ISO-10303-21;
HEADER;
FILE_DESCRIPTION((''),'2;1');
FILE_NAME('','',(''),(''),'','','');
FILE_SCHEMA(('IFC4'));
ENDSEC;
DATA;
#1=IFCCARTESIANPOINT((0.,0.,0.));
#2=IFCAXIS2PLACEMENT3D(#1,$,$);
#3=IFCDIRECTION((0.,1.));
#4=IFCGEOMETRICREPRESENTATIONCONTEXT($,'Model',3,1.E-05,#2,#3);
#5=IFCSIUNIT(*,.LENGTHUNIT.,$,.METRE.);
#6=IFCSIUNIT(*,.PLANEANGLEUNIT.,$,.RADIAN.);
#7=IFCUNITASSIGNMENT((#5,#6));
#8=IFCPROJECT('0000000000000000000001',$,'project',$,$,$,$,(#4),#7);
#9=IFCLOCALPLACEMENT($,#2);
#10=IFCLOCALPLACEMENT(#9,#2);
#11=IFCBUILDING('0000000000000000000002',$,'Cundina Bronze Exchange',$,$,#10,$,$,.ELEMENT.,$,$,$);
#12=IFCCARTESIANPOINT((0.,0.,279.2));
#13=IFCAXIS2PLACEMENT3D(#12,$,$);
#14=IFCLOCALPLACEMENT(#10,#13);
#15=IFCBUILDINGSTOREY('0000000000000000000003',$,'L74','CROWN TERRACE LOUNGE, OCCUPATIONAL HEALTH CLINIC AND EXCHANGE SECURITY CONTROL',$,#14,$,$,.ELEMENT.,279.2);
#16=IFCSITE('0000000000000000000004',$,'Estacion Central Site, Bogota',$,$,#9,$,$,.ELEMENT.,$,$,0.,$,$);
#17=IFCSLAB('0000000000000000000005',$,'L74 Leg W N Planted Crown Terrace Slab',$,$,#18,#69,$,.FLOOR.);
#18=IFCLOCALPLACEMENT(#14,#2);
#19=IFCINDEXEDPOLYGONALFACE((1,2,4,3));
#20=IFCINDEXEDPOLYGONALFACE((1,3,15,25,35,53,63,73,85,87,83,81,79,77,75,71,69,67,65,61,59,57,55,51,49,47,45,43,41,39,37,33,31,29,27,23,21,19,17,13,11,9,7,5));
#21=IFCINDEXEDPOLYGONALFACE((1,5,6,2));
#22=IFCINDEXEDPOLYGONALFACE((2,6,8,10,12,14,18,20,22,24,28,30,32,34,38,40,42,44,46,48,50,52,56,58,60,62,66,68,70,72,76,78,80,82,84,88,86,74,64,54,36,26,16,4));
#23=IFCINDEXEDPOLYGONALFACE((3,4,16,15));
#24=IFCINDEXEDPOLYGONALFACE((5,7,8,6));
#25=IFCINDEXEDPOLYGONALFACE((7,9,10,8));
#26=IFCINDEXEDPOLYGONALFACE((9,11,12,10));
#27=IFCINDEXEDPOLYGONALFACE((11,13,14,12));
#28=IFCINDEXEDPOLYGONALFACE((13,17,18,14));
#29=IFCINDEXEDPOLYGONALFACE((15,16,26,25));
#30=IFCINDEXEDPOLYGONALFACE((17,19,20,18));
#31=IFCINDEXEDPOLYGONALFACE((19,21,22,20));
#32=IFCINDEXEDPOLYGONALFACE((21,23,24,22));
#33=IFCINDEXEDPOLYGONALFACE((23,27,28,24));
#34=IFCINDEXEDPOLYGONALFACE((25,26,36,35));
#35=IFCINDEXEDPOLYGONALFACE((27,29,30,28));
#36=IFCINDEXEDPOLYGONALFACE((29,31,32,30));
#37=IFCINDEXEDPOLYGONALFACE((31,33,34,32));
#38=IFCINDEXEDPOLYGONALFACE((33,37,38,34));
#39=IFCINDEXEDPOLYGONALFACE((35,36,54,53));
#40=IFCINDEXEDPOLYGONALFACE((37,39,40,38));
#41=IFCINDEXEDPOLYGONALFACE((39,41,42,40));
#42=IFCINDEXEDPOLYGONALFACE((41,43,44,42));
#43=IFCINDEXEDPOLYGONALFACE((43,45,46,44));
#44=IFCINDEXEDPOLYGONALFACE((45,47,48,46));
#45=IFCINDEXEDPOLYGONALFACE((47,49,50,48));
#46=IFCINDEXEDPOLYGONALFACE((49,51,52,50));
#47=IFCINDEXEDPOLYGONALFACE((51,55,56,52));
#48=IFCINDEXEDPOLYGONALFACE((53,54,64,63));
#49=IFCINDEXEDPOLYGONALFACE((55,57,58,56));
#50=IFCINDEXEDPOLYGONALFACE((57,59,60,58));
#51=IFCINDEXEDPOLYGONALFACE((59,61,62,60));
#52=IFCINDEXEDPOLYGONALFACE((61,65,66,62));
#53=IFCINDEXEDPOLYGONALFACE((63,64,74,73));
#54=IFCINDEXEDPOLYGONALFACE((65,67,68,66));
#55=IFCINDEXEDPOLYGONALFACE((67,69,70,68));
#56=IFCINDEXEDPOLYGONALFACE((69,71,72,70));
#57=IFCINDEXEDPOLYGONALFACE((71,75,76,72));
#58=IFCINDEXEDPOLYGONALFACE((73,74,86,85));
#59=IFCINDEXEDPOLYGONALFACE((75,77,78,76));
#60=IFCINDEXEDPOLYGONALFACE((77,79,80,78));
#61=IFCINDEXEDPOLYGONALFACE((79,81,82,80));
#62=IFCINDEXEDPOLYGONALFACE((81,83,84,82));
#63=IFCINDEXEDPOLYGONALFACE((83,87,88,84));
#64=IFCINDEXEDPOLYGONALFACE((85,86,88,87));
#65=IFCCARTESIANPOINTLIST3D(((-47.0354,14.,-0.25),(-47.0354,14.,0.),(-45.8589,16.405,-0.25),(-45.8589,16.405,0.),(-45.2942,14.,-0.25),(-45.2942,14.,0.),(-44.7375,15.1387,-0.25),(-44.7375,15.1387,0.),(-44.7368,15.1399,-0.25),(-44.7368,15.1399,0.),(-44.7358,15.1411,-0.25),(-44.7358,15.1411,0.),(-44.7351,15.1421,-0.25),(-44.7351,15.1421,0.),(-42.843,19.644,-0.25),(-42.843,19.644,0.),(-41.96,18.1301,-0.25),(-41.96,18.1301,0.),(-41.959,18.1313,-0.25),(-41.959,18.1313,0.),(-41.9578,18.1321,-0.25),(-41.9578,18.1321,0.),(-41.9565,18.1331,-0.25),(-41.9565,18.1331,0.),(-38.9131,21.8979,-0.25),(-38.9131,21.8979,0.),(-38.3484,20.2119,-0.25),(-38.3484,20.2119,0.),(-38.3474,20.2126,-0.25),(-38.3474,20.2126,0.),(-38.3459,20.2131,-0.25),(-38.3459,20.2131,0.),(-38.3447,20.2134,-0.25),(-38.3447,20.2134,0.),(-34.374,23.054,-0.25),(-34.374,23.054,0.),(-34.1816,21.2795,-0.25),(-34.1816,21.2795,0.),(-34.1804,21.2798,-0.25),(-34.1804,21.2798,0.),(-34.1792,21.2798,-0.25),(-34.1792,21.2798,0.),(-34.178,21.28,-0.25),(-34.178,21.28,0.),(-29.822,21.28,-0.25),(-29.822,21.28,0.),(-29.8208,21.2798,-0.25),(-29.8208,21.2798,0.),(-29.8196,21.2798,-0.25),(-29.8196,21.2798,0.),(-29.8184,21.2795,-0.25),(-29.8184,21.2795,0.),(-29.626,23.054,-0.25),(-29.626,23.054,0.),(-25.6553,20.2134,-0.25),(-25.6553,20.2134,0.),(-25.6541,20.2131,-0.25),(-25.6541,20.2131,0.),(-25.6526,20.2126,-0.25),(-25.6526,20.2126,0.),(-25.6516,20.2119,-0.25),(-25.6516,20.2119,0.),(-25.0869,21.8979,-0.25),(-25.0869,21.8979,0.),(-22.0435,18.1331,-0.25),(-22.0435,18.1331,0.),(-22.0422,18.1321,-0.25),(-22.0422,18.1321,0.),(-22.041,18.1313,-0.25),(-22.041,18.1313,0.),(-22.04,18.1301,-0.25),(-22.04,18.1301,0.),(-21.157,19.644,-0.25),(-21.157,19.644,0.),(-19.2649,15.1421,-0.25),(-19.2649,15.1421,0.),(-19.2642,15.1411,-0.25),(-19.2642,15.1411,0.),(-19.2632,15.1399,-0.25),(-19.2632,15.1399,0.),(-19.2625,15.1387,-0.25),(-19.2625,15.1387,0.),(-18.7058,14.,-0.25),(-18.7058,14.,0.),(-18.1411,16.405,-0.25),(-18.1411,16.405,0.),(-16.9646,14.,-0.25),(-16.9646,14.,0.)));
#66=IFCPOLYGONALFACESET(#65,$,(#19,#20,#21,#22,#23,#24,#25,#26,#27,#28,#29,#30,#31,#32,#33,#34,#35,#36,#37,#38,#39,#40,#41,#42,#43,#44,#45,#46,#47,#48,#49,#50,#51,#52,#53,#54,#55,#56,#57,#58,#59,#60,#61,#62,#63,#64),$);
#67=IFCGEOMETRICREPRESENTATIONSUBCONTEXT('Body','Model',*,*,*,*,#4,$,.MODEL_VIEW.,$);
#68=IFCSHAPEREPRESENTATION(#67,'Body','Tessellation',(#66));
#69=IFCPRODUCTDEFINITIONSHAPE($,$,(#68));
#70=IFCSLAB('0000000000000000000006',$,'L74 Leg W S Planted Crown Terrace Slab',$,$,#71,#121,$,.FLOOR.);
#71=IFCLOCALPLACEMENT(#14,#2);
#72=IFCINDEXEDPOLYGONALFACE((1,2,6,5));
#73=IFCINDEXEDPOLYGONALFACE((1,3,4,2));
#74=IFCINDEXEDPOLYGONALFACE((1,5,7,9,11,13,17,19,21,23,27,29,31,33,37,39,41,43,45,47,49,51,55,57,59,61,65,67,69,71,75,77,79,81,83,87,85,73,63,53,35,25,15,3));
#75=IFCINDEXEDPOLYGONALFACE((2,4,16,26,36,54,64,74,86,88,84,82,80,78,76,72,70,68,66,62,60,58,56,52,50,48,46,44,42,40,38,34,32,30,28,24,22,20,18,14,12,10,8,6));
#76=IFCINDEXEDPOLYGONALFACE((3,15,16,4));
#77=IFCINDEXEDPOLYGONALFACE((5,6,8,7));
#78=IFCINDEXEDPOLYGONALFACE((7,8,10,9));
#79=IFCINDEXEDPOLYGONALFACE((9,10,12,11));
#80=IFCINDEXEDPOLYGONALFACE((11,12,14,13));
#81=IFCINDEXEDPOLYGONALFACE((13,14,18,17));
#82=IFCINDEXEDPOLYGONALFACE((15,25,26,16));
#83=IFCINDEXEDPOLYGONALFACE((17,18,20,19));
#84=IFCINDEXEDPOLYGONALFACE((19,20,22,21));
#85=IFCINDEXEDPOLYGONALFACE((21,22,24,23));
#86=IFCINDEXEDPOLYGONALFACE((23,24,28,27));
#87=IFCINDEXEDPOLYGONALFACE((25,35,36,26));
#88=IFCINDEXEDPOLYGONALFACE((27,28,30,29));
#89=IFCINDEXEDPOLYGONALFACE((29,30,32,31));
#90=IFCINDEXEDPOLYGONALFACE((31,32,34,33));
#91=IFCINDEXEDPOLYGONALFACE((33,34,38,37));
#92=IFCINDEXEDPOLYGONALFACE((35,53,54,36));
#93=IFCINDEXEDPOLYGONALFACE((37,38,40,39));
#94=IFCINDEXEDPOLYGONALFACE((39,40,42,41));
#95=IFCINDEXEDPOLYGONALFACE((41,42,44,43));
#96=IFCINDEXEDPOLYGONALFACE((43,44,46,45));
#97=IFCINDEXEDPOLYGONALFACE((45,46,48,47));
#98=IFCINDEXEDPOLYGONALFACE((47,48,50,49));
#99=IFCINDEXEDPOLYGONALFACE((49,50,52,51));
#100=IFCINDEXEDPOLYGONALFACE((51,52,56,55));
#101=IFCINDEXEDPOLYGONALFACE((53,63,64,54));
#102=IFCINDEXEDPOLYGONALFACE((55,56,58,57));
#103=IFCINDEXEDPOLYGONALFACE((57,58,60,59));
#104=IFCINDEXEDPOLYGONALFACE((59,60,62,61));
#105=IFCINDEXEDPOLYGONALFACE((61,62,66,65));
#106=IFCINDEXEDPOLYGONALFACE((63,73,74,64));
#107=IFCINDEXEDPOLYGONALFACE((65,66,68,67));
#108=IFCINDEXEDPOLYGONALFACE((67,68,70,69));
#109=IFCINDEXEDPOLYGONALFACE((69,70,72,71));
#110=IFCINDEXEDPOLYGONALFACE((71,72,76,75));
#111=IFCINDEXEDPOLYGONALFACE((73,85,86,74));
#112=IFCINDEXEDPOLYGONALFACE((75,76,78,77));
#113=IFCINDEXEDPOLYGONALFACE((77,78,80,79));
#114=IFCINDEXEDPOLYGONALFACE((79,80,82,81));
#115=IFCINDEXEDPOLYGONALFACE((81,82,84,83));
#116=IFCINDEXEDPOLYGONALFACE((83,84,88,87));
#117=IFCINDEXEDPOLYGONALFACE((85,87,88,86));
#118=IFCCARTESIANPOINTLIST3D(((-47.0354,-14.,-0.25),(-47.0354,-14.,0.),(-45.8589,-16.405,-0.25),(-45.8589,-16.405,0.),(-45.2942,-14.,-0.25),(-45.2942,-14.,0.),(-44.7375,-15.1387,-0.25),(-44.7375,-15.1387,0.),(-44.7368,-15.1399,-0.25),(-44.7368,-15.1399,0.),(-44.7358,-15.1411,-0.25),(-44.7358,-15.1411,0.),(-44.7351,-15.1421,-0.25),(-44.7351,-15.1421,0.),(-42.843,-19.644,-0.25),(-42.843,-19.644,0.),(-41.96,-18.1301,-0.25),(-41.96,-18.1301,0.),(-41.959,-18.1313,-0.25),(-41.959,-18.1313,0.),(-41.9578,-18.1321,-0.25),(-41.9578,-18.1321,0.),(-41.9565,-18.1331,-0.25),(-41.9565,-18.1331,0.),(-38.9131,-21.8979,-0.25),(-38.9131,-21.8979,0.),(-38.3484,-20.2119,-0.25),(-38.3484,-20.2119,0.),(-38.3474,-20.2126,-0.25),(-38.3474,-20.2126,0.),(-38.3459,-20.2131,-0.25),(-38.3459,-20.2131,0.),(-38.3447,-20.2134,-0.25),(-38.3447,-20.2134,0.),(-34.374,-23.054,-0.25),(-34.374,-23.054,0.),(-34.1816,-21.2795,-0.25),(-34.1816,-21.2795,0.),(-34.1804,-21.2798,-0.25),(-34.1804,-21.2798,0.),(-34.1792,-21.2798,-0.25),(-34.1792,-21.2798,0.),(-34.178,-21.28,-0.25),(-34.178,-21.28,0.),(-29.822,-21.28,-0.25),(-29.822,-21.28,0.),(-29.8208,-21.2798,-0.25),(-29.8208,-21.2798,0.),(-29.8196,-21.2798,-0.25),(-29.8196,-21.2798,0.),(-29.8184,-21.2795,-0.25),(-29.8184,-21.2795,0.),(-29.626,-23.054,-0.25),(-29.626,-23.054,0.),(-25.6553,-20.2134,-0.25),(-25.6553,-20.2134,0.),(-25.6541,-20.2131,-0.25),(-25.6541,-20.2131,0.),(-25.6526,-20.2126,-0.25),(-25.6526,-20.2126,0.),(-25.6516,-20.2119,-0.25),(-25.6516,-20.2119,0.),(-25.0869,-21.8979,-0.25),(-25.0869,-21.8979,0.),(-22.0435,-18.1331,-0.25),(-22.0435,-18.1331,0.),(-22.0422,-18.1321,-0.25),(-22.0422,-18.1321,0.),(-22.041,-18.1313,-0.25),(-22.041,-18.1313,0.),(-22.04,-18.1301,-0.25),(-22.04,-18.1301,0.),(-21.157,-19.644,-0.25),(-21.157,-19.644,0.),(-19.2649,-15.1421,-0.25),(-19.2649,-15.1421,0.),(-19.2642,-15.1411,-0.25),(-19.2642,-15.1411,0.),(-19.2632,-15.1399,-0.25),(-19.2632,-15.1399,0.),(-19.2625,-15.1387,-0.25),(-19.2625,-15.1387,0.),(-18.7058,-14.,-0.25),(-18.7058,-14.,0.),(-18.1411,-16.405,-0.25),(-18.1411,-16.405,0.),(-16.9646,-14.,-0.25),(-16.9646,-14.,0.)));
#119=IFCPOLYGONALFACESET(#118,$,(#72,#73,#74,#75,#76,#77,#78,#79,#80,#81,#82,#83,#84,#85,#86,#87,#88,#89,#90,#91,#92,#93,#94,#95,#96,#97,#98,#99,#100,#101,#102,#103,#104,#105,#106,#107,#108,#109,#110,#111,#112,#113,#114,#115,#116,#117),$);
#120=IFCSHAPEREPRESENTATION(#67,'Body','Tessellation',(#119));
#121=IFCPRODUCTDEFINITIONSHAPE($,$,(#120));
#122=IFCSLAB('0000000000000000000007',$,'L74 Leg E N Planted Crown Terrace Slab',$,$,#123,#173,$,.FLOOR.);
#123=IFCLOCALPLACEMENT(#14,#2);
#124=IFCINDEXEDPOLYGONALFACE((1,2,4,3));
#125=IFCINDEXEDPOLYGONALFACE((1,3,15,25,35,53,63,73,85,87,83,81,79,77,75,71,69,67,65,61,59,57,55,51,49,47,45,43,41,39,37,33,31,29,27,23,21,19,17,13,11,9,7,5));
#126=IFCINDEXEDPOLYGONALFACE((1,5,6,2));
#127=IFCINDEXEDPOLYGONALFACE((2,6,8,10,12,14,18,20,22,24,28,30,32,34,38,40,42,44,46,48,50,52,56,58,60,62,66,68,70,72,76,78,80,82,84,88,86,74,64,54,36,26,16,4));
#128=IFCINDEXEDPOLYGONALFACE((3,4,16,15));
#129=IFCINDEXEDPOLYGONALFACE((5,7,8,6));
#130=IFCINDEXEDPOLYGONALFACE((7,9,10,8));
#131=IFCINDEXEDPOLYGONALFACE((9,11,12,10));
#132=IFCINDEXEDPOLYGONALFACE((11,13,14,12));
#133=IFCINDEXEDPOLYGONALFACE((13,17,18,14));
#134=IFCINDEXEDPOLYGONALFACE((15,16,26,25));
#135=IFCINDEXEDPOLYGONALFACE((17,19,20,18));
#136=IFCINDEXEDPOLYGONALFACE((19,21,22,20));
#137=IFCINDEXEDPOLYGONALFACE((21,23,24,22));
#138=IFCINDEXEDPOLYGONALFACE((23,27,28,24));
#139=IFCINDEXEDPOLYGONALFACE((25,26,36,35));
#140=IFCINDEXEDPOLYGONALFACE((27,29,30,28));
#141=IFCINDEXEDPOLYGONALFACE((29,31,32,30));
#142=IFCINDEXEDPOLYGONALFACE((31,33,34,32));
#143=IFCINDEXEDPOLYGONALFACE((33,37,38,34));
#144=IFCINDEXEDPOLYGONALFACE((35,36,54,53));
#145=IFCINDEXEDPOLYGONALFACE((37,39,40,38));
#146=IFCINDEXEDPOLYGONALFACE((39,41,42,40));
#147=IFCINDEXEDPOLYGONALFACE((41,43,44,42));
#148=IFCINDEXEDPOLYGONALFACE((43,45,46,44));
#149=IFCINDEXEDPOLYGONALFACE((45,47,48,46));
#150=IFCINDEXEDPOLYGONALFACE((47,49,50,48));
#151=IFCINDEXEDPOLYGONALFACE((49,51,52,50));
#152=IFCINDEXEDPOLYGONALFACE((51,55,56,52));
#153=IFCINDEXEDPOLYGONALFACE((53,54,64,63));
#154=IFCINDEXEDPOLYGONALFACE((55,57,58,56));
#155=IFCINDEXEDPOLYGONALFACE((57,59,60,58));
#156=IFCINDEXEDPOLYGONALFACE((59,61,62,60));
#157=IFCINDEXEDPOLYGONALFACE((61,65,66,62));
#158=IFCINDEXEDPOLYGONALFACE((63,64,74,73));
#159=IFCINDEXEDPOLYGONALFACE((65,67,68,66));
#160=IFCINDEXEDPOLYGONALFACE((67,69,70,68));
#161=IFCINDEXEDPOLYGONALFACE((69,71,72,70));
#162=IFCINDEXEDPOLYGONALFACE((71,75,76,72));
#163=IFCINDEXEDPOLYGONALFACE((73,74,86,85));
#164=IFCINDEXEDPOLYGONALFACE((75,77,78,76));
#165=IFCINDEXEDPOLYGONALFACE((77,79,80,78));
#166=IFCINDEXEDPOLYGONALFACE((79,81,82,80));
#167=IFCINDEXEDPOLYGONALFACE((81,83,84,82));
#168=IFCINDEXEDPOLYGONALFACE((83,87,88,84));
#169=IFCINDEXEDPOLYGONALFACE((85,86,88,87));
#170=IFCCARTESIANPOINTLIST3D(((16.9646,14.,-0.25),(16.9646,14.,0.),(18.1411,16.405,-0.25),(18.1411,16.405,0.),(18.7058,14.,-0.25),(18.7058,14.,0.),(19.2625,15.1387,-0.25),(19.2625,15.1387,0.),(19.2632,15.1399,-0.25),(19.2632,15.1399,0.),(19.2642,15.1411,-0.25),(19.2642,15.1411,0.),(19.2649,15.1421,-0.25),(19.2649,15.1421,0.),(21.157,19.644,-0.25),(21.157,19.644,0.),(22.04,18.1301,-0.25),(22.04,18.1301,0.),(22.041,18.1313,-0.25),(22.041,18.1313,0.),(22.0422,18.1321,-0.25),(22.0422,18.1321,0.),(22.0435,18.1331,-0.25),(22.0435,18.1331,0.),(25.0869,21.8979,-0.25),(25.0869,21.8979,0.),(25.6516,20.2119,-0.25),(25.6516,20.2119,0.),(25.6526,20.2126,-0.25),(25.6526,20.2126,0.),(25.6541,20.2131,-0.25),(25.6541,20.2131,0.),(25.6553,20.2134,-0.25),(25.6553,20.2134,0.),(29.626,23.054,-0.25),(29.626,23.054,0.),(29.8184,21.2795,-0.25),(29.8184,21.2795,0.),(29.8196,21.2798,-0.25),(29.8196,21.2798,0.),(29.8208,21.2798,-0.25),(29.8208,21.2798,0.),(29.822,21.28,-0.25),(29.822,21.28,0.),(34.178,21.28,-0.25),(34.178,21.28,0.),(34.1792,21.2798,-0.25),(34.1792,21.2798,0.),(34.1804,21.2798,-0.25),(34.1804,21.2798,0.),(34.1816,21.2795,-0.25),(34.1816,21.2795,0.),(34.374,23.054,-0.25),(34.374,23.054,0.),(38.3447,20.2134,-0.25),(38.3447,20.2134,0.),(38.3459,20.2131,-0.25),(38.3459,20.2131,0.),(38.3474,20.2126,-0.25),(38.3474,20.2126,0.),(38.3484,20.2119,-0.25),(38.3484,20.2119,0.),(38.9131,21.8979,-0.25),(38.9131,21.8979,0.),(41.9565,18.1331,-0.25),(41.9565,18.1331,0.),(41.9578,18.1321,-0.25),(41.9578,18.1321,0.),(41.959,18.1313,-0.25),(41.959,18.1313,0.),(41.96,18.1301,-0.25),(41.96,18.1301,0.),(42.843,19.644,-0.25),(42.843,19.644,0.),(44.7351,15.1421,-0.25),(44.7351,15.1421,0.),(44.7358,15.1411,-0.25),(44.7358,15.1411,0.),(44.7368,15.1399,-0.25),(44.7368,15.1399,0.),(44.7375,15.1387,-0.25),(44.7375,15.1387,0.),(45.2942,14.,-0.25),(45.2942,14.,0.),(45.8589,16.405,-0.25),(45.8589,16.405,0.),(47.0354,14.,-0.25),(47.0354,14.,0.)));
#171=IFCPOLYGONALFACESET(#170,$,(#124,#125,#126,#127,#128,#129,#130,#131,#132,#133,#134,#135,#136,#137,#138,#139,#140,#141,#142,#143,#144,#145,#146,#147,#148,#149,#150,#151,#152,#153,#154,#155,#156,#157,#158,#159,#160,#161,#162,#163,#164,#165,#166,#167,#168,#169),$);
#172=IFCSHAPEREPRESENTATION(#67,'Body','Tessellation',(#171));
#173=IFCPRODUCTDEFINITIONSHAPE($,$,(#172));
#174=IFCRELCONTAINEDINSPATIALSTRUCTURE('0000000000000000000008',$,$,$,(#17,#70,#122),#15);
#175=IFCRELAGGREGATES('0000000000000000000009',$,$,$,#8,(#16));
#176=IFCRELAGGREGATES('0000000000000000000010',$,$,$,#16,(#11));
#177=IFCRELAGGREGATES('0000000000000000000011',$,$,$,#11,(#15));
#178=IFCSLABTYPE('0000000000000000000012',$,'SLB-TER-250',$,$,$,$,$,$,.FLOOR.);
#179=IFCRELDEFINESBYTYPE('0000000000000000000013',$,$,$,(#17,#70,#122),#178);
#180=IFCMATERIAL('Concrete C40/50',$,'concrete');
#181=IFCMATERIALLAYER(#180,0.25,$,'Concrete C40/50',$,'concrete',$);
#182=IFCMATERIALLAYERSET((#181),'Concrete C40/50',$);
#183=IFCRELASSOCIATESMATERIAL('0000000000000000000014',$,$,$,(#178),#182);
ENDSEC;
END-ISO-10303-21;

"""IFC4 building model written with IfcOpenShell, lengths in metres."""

from ifc_helpers import new_model, si_unit, direction, frame, origin, place, context, subcontext, project, spatial, polyline, outline, extrude, material, layer, layer_set, type_object, element, save


model = new_model("IFC4")

# Units and contexts
model_context = context("Model", 3, precision=1e-05, world=origin(), true_north=direction((0.0, 1.0)))
body_context = subcontext(model_context, "Body", "Model", "MODEL_VIEW")
ifc_project = project(units=[si_unit("LENGTHUNIT", "METRE"), si_unit("PLANEANGLEUNIT", "RADIAN")], contexts=[model_context])

# Site, building, storey
site_placement = place(None, origin())
site = spatial("IfcSite", under=ifc_project, at=site_placement, Name="Estacion Central Site, Bogota", CompositionType="ELEMENT", RefElevation=0.0)
building_placement = place(site_placement, origin())
building = spatial("IfcBuilding", under=site, at=building_placement, Name="Cundina Bronze Exchange", CompositionType="ELEMENT")
storey_placement = place(building_placement, frame((0.0, 0.0, 279.2)))
storey = spatial("IfcBuildingStorey", under=building, at=storey_placement, Name="L74", Description="CROWN TERRACE LOUNGE, OCCUPATIONAL HEALTH CLINIC AND EXCHANGE SECURITY CONTROL", CompositionType="ELEMENT", Elevation=279.2)

# Slabs
ifc_material_1 = material(Name="Concrete C40/50", Category="concrete")
ifc_layer_1 = layer(ifc_material_1, 0.25, Name="Concrete C40/50", Category="concrete")
ifc_layer_set_1 = layer_set([ifc_layer_1], Name="Concrete C40/50")
slab_type_1 = type_object("IfcSlabType", Name="SLB-TER-250", PredefinedType="FLOOR", material=ifc_layer_set_1)
slab_1_placement = place(storey_placement, frame((0.0, 0.0, -0.25)))
element("IfcSlab", 1, at=slab_1_placement, inside=storey, type_object=slab_type_1, Name="L74 Leg W N Planted Crown Terrace Slab", PredefinedType="FLOOR", context=body_context, shape_type="SweptSolid", body=[
    extrude(outline(polyline([(-45.8589, 16.405), (-42.843, 19.644), (-38.9131, 21.8979), (-34.374, 23.054), (-29.626, 23.054), (-25.0869, 21.8979), (-21.157, 19.644), (-18.1411, 16.405), (-16.9646, 14.0), (-18.7058, 14.0), (-19.2625, 15.1387), (-19.2632, 15.1399), (-19.2642, 15.1411), (-19.2649, 15.1421), (-22.04, 18.1301), (-22.041, 18.1313), (-22.0422, 18.1321), (-22.0435, 18.1331), (-25.6516, 20.2119), (-25.6526, 20.2126), (-25.6541, 20.2131), (-25.6553, 20.2134), (-29.8184, 21.2795), (-29.8196, 21.2798), (-29.8208, 21.2798), (-29.822, 21.28), (-34.178, 21.28), (-34.1792, 21.2798), (-34.1804, 21.2798), (-34.1816, 21.2795), (-38.3447, 20.2134), (-38.3459, 20.2131), (-38.3474, 20.2126), (-38.3484, 20.2119), (-41.9565, 18.1331), (-41.9578, 18.1321), (-41.959, 18.1313), (-41.96, 18.1301), (-44.7351, 15.1421), (-44.7358, 15.1411), (-44.7368, 15.1399), (-44.7375, 15.1387), (-45.2942, 14.0), (-47.0354, 14.0), (-45.8589, 16.405)])), origin(), (0.0, 0.0, 1.0), 0.25),
])
slab_2_placement = place(storey_placement, frame((0.0, 0.0, -0.25)))
element("IfcSlab", 2, at=slab_2_placement, inside=storey, type_object=slab_type_1, Name="L74 Leg W S Planted Crown Terrace Slab", PredefinedType="FLOOR", context=body_context, shape_type="SweptSolid", body=[
    extrude(outline(polyline([(-18.1411, -16.405), (-21.157, -19.644), (-25.0869, -21.8979), (-29.626, -23.054), (-34.374, -23.054), (-38.9131, -21.8979), (-42.843, -19.644), (-45.8589, -16.405), (-47.0354, -14.0), (-45.2942, -14.0), (-44.7375, -15.1387), (-44.7368, -15.1399), (-44.7358, -15.1411), (-44.7351, -15.1421), (-41.96, -18.1301), (-41.959, -18.1313), (-41.9578, -18.1321), (-41.9565, -18.1331), (-38.3484, -20.2119), (-38.3474, -20.2126), (-38.3459, -20.2131), (-38.3447, -20.2134), (-34.1816, -21.2795), (-34.1804, -21.2798), (-34.1792, -21.2798), (-34.178, -21.28), (-29.822, -21.28), (-29.8208, -21.2798), (-29.8196, -21.2798), (-29.8184, -21.2795), (-25.6553, -20.2134), (-25.6541, -20.2131), (-25.6526, -20.2126), (-25.6516, -20.2119), (-22.0435, -18.1331), (-22.0422, -18.1321), (-22.041, -18.1313), (-22.04, -18.1301), (-19.2649, -15.1421), (-19.2642, -15.1411), (-19.2632, -15.1399), (-19.2625, -15.1387), (-18.7058, -14.0), (-16.9646, -14.0), (-18.1411, -16.405)])), origin(), (0.0, 0.0, 1.0), 0.25),
])
slab_3_placement = place(storey_placement, frame((0.0, 0.0, -0.25)))
element("IfcSlab", 3, at=slab_3_placement, inside=storey, type_object=slab_type_1, Name="L74 Leg E N Planted Crown Terrace Slab", PredefinedType="FLOOR", context=body_context, shape_type="SweptSolid", body=[
    extrude(outline(polyline([(18.1411, 16.405), (21.157, 19.644), (25.0869, 21.8979), (29.626, 23.054), (34.374, 23.054), (38.9131, 21.8979), (42.843, 19.644), (45.8589, 16.405), (47.0354, 14.0), (45.2942, 14.0), (44.7375, 15.1387), (44.7368, 15.1399), (44.7358, 15.1411), (44.7351, 15.1421), (41.96, 18.1301), (41.959, 18.1313), (41.9578, 18.1321), (41.9565, 18.1331), (38.3484, 20.2119), (38.3474, 20.2126), (38.3459, 20.2131), (38.3447, 20.2134), (34.1816, 21.2795), (34.1804, 21.2798), (34.1792, 21.2798), (34.178, 21.28), (29.822, 21.28), (29.8208, 21.2798), (29.8196, 21.2798), (29.8184, 21.2795), (25.6553, 20.2134), (25.6541, 20.2131), (25.6526, 20.2126), (25.6516, 20.2119), (22.0435, 18.1331), (22.0422, 18.1321), (22.041, 18.1313), (22.04, 18.1301), (19.2649, 15.1421), (19.2642, 15.1411), (19.2632, 15.1399), (19.2625, 15.1387), (18.7058, 14.0), (16.9646, 14.0), (18.1411, 16.405)])), origin(), (0.0, 0.0, 1.0), 0.25),
])

save(model, "model.ifc")
